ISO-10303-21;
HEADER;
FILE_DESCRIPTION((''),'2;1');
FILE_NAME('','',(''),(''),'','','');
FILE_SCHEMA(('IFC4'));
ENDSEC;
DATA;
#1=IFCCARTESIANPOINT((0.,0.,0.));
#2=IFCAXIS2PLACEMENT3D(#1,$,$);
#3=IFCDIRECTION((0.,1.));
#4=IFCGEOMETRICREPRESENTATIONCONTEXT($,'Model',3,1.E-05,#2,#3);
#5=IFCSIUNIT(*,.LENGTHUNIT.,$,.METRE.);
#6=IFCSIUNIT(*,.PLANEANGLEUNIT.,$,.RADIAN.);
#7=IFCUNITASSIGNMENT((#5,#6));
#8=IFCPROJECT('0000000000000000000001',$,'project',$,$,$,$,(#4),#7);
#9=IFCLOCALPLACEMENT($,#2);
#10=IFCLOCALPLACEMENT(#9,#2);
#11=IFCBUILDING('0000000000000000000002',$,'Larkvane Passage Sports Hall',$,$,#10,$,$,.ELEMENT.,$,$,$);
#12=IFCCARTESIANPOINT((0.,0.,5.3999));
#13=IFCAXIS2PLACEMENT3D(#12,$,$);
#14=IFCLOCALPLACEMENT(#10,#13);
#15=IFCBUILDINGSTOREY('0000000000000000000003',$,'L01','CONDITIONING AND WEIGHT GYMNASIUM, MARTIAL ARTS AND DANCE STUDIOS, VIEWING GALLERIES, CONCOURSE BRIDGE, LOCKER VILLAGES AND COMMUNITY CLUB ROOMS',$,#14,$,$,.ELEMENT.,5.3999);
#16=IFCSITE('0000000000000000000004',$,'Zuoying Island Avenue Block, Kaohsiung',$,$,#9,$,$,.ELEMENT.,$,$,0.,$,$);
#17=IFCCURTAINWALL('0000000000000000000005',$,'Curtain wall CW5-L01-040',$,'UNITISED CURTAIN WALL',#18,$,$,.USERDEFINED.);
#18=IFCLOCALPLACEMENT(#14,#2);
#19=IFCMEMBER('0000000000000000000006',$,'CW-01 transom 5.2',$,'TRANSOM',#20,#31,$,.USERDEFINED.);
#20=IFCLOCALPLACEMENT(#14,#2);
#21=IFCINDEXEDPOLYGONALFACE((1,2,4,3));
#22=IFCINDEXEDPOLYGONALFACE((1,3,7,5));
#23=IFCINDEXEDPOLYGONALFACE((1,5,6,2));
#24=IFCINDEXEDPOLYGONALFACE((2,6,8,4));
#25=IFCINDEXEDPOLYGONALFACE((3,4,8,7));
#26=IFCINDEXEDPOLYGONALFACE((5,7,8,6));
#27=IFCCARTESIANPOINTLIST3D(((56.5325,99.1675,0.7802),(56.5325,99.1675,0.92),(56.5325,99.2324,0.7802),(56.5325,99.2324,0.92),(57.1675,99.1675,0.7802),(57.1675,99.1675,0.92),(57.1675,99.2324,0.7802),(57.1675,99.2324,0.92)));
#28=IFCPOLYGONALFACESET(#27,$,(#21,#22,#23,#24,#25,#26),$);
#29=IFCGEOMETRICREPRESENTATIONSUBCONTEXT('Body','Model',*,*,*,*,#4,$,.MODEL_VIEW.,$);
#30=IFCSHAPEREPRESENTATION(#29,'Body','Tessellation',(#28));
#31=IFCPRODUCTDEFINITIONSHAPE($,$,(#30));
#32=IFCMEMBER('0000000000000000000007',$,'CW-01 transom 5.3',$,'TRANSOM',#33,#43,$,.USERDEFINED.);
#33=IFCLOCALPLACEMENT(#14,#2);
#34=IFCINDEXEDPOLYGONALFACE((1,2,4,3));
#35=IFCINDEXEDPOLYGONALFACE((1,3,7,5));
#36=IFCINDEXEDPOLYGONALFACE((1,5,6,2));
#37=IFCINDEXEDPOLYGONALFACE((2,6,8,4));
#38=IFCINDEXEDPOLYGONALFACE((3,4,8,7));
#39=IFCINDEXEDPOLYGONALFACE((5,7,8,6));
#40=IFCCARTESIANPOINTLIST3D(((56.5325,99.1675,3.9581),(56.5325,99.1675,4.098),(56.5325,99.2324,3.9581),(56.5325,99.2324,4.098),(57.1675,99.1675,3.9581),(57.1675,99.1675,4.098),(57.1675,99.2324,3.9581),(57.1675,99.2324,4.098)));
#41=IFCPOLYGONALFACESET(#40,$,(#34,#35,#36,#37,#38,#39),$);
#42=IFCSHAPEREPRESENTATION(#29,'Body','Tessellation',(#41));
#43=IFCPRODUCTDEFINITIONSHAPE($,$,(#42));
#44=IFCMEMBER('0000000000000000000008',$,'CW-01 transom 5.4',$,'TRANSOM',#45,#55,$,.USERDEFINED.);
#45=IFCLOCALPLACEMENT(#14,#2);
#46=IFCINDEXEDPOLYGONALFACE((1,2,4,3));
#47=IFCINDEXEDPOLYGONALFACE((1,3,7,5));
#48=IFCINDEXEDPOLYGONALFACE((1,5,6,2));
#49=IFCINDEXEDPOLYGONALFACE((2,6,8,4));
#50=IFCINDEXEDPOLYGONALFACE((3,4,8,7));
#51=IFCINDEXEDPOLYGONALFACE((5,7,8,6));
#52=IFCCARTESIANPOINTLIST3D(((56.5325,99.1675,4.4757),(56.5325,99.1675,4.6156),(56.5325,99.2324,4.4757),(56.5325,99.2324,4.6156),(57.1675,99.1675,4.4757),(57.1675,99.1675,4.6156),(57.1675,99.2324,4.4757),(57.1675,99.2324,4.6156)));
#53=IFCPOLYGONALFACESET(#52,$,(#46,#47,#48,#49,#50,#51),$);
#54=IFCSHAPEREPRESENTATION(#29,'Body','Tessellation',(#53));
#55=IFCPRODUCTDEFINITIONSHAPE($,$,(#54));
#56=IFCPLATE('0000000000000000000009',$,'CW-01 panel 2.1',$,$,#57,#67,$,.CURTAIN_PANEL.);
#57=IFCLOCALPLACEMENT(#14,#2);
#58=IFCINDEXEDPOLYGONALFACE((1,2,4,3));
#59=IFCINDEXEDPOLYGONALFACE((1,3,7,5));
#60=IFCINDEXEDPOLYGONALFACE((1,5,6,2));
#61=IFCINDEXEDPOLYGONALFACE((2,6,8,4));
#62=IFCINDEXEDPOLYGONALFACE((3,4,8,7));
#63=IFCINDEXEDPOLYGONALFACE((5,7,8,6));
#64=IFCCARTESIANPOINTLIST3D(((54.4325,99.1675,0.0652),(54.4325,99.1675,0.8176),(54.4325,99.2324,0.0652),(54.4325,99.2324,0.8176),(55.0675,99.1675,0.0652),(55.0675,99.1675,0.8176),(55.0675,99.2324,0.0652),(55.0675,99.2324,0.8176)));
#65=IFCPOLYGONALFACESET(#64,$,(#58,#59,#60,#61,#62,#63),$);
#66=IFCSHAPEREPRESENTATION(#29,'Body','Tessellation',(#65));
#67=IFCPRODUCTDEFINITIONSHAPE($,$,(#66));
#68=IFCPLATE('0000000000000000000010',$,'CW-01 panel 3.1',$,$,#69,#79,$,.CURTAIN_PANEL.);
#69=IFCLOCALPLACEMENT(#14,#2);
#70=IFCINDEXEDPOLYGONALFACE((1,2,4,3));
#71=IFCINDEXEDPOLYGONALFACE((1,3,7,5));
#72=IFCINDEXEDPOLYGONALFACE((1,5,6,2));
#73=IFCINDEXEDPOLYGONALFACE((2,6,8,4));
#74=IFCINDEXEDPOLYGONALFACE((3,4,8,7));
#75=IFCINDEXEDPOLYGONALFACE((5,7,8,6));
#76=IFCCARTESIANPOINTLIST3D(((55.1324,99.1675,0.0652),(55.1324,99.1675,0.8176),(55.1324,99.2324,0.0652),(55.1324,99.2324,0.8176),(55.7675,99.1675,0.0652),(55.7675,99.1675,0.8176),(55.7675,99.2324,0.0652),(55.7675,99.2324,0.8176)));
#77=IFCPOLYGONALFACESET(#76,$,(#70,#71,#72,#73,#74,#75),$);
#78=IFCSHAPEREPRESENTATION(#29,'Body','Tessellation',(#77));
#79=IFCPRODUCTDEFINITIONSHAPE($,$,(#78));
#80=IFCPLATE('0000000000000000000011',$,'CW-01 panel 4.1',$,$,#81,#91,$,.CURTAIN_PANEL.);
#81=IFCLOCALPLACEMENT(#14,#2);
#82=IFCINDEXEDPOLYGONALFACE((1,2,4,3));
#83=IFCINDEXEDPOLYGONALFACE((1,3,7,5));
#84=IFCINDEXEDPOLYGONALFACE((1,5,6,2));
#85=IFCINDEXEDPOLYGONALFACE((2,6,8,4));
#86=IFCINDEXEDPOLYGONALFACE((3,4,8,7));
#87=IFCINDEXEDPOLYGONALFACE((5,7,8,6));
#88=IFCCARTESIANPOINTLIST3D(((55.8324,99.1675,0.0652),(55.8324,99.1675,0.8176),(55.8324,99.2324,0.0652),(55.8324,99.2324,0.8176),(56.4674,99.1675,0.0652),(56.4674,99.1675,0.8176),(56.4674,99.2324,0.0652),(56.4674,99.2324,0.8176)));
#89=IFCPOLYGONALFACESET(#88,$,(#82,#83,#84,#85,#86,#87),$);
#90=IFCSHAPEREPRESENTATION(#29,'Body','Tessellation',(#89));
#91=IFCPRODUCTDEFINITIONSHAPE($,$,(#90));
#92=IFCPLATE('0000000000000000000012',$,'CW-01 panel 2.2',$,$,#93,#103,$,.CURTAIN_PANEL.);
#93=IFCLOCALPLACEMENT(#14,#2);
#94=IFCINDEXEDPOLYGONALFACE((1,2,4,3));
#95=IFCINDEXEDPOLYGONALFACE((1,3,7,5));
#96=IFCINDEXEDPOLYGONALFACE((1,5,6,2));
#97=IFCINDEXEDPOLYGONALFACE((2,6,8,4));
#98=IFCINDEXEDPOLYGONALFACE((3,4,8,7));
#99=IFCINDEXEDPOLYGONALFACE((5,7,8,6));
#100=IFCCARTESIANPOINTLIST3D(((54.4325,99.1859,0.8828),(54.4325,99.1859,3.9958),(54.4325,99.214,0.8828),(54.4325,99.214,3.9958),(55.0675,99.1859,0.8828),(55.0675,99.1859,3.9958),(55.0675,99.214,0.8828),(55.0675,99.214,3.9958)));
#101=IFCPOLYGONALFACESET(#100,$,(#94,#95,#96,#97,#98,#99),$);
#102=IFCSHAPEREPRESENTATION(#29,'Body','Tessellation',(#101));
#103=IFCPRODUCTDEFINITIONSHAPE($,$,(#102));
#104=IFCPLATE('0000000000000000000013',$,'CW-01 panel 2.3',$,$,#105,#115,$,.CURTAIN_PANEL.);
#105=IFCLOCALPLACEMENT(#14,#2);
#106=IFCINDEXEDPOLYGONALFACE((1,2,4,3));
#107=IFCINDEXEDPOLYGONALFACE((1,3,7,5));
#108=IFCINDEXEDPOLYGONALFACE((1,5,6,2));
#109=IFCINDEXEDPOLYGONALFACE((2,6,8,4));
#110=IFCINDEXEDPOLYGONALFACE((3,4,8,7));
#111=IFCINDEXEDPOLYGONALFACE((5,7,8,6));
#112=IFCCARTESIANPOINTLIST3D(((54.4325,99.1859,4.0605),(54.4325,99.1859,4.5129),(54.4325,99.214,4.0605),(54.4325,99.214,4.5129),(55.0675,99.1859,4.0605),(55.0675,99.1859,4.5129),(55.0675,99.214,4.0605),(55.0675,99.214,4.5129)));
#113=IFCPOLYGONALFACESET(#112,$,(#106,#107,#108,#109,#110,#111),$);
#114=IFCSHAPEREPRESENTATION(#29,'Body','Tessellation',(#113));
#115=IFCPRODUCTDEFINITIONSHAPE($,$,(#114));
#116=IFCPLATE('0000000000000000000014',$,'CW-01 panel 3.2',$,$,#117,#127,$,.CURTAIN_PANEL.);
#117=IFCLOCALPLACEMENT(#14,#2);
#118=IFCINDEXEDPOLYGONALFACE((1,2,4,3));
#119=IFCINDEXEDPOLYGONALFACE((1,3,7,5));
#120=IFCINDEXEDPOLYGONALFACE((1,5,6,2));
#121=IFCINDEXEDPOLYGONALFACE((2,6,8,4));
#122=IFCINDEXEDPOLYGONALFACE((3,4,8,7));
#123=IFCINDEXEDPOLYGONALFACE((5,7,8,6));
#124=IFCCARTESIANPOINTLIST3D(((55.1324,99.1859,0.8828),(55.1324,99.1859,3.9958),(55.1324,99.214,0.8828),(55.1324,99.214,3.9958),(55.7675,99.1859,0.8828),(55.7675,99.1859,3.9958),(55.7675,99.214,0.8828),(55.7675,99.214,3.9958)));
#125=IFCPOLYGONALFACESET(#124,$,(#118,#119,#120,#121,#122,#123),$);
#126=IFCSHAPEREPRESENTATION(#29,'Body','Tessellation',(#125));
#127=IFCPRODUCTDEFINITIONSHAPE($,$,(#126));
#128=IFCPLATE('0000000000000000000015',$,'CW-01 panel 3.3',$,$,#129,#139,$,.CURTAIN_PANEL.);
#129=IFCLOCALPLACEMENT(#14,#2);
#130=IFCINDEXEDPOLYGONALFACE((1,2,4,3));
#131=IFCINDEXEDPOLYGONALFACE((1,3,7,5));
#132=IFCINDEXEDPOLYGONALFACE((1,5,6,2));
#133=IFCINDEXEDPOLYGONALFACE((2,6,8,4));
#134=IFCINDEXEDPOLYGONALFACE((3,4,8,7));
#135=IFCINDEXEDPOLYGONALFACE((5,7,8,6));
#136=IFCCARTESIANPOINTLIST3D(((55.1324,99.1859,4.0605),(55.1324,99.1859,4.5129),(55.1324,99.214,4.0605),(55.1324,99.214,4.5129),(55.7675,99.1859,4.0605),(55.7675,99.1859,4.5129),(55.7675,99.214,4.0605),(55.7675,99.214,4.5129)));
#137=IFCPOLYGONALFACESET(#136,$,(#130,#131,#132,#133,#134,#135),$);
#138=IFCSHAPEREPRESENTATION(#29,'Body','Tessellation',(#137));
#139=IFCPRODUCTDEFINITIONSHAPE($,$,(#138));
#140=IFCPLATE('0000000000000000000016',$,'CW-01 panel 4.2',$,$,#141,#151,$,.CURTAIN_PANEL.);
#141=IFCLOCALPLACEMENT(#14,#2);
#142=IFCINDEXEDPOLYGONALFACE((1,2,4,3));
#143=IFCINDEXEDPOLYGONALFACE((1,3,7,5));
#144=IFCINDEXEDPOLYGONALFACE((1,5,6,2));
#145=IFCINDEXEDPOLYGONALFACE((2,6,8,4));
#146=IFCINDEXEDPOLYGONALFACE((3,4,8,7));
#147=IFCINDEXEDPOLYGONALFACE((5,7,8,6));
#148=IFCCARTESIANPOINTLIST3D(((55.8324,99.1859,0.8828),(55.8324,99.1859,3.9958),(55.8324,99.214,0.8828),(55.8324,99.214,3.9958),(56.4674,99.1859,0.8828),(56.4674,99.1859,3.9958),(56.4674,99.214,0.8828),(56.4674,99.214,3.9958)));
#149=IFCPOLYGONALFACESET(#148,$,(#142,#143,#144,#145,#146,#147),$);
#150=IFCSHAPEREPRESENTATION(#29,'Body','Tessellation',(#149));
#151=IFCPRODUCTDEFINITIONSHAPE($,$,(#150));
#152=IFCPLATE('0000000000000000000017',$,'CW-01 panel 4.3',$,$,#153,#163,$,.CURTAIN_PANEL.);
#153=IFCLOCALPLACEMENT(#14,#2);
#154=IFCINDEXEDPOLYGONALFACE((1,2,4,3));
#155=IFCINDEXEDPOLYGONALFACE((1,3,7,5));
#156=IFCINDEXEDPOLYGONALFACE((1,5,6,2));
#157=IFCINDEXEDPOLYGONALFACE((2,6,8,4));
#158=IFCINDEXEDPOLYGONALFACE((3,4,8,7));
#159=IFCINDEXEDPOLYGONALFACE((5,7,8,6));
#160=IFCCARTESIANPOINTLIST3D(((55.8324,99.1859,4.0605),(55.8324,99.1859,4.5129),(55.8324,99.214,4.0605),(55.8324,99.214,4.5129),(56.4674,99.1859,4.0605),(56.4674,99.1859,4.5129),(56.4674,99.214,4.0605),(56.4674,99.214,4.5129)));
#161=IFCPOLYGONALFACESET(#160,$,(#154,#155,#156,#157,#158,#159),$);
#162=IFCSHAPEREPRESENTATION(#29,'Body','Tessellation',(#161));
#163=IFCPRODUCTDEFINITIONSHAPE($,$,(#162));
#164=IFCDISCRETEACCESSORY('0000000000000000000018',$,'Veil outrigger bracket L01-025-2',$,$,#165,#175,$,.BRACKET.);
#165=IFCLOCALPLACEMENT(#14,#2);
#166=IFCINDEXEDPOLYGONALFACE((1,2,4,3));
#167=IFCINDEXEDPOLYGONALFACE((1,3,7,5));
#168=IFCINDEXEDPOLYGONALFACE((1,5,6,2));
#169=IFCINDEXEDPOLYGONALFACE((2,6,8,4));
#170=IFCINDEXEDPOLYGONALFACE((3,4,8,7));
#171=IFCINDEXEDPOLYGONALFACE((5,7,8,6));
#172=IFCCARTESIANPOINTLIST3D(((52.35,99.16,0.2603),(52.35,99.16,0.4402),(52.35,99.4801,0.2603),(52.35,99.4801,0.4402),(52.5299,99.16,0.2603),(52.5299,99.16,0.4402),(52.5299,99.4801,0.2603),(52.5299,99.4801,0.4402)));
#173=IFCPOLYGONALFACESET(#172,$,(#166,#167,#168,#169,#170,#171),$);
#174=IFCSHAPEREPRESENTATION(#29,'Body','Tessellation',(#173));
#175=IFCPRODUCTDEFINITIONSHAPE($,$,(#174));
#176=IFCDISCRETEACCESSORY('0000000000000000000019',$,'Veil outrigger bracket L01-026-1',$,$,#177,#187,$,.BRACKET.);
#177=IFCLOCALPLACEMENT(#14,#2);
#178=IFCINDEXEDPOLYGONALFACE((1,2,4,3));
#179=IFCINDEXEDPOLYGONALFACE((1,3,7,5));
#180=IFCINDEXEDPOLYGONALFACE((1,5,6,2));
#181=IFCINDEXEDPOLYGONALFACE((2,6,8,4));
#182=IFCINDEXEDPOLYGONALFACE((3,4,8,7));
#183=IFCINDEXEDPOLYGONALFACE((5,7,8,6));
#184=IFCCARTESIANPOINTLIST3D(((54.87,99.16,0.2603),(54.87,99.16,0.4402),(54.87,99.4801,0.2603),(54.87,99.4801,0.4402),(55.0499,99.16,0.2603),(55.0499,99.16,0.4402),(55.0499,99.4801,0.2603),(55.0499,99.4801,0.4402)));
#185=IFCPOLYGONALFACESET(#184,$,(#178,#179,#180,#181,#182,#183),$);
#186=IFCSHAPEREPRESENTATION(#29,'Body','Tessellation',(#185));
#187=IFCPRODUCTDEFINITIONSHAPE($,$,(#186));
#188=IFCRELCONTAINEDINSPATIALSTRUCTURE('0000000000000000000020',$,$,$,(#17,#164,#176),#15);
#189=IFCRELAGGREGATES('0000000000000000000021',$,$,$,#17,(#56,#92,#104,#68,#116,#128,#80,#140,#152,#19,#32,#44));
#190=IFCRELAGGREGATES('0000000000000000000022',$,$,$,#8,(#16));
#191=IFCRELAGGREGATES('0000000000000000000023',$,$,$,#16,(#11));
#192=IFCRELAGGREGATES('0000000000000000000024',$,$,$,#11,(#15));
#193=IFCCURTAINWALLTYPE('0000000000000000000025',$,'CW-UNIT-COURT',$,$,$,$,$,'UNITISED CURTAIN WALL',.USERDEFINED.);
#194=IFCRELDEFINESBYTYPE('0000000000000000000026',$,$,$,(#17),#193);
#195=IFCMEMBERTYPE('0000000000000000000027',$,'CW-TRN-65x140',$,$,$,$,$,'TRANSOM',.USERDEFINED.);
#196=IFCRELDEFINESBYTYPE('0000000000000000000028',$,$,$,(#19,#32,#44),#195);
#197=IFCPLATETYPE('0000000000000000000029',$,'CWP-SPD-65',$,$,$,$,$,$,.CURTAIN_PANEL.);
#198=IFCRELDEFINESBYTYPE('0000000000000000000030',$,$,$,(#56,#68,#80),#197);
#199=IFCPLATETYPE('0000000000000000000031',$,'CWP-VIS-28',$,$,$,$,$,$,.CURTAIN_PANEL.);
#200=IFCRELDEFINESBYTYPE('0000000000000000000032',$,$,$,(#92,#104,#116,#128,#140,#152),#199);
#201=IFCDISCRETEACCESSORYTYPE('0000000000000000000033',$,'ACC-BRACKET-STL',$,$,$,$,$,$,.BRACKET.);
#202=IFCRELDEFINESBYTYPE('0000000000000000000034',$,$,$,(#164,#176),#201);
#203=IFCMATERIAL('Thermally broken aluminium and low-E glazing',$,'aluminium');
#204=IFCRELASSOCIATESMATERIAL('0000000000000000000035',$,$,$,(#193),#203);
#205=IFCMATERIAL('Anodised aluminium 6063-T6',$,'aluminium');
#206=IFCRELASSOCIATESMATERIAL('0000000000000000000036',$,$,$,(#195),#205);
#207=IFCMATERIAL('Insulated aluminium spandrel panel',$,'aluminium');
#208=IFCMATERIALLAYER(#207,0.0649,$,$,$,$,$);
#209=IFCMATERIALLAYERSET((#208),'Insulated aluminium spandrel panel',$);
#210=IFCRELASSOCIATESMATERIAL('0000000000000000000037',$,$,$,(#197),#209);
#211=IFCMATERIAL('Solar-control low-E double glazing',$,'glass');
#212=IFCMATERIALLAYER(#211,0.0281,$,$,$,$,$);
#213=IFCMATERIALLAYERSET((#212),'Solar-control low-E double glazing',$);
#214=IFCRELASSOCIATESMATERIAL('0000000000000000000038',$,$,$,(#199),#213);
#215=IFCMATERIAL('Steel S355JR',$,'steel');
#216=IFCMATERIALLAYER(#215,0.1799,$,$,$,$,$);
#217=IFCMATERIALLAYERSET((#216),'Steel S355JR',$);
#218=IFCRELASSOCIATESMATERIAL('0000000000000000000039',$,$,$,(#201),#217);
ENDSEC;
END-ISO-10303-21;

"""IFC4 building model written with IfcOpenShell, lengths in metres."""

from ifc_helpers import new_model, si_unit, direction, frame, origin, origin_2d, place, context, subcontext, project, spatial, rectangle, extrude, material, layer, layer_set, material_profile, profile_set, type_object, element, aggregate, save


model = new_model("IFC4")

# Units and contexts
model_context = context("Model", 3, precision=1e-05, world=origin(), true_north=direction((0.0, 1.0)))
body_context = subcontext(model_context, "Body", "Model", "MODEL_VIEW")
ifc_project = project(units=[si_unit("LENGTHUNIT", "METRE"), si_unit("PLANEANGLEUNIT", "RADIAN")], contexts=[model_context])

# Site, building, storey
site_placement = place(None, origin())
site = spatial("IfcSite", under=ifc_project, at=site_placement, Name="Zuoying Island Avenue Block, Kaohsiung", CompositionType="ELEMENT", RefElevation=0.0)
building_placement = place(site_placement, origin())
building = spatial("IfcBuilding", under=site, at=building_placement, Name="Larkvane Passage Sports Hall", CompositionType="ELEMENT")
storey_placement = place(building_placement, frame((0.0, 0.0, 5.3999)))
storey = spatial("IfcBuildingStorey", under=building, at=storey_placement, Name="L01", Description="CONDITIONING AND WEIGHT GYMNASIUM, MARTIAL ARTS AND DANCE STUDIOS, VIEWING GALLERIES, CONCOURSE BRIDGE, LOCKER VILLAGES AND COMMUNITY CLUB ROOMS", CompositionType="ELEMENT", Elevation=5.3999)

# Curtain wall, members, plates
ifc_material_1 = material(Name="Thermally broken aluminium and low-E glazing", Category="aluminium")
curtain_wall_type = type_object("IfcCurtainWallType", Name="CW-UNIT-COURT", ElementType="UNITISED CURTAIN WALL", PredefinedType="USERDEFINED", material=ifc_material_1)
curtain_wall_placement = place(storey_placement, origin())
curtain_wall = element("IfcCurtainWall", 1, at=curtain_wall_placement, inside=storey, type_object=curtain_wall_type, Name="Curtain wall CW5-L01-040", ObjectType="UNITISED CURTAIN WALL", PredefinedType="USERDEFINED")
ifc_material_2 = material(Name="Anodised aluminium 6063-T6", Category="aluminium")
ifc_material_profile_1 = material_profile(ifc_material_2, rectangle(XDim=0.0649, YDim=0.1399, at=origin_2d()), Name="ALU-TRN-65x140")
ifc_profile_set_1 = profile_set([ifc_material_profile_1], Name="Anodised aluminium 6063-T6")
member_type_1 = type_object("IfcMemberType", Name="CW-TRN-65x140", ElementType="TRANSOM", PredefinedType="USERDEFINED", material=ifc_profile_set_1)
member_1_placement = place(storey_placement, frame((56.5325, 99.2, 0.8501), z_axis=(1.0, 0.0, 0.0), x_axis=(0.0, 1.0, 0.0)))
member_1 = element("IfcMember", 2, at=member_1_placement, type_object=member_type_1, Name="CW-01 transom 5.2", ObjectType="TRANSOM", PredefinedType="USERDEFINED", context=body_context, shape_type="SweptSolid", body=[
    extrude(rectangle(XDim=0.0649, YDim=0.1399, at=origin_2d()), origin(), (0.0, 0.0, 1.0), 0.635),
])
member_2_placement = place(storey_placement, frame((56.5325, 99.2, 4.0281), z_axis=(1.0, 0.0, 0.0), x_axis=(0.0, 1.0, 0.0)))
member_2 = element("IfcMember", 3, at=member_2_placement, type_object=member_type_1, Name="CW-01 transom 5.3", ObjectType="TRANSOM", PredefinedType="USERDEFINED", context=body_context, shape_type="SweptSolid", body=[
    extrude(rectangle(XDim=0.0649, YDim=0.1399, at=origin_2d()), origin(), (0.0, 0.0, 1.0), 0.635),
])
member_3_placement = place(storey_placement, frame((56.5325, 99.2, 4.5457), z_axis=(1.0, 0.0, 0.0), x_axis=(0.0, 1.0, 0.0)))
member_3 = element("IfcMember", 4, at=member_3_placement, type_object=member_type_1, Name="CW-01 transom 5.4", ObjectType="TRANSOM", PredefinedType="USERDEFINED", context=body_context, shape_type="SweptSolid", body=[
    extrude(rectangle(XDim=0.0649, YDim=0.1399, at=origin_2d()), origin(), (0.0, 0.0, 1.0), 0.635),
])
ifc_material_3 = material(Name="Insulated aluminium spandrel panel", Category="aluminium")
ifc_layer_1 = layer(ifc_material_3, 0.0649)
ifc_layer_set_1 = layer_set([ifc_layer_1], Name="Insulated aluminium spandrel panel")
plate_type_1 = type_object("IfcPlateType", Name="CWP-SPD-65", PredefinedType="CURTAIN_PANEL", material=ifc_layer_set_1)
plate_1_placement = place(storey_placement, frame((54.75, 99.2, 0.0652), z_axis=(0.0, 0.0, 1.0), x_axis=(1.0, 0.0, 0.0)))
plate_1 = element("IfcPlate", 5, at=plate_1_placement, type_object=plate_type_1, Name="CW-01 panel 2.1", PredefinedType="CURTAIN_PANEL", context=body_context, shape_type="SweptSolid", body=[
    extrude(rectangle(XDim=0.635, YDim=0.0649, at=origin_2d()), origin(), (0.0, 0.0, 1.0), 0.7524),
])
plate_2_placement = place(storey_placement, frame((55.45, 99.2, 0.0652), z_axis=(0.0, 0.0, 1.0), x_axis=(1.0, 0.0, 0.0)))
plate_2 = element("IfcPlate", 6, at=plate_2_placement, type_object=plate_type_1, Name="CW-01 panel 3.1", PredefinedType="CURTAIN_PANEL", context=body_context, shape_type="SweptSolid", body=[
    extrude(rectangle(XDim=0.635, YDim=0.0649, at=origin_2d()), origin(), (0.0, 0.0, 1.0), 0.7524),
])
plate_3_placement = place(storey_placement, frame((56.1499, 99.2, 0.0652), z_axis=(0.0, 0.0, 1.0), x_axis=(1.0, 0.0, 0.0)))
plate_3 = element("IfcPlate", 7, at=plate_3_placement, type_object=plate_type_1, Name="CW-01 panel 4.1", PredefinedType="CURTAIN_PANEL", context=body_context, shape_type="SweptSolid", body=[
    extrude(rectangle(XDim=0.635, YDim=0.0649, at=origin_2d()), origin(), (0.0, 0.0, 1.0), 0.7524),
])
ifc_material_4 = material(Name="Solar-control low-E double glazing", Category="glass")
ifc_layer_2 = layer(ifc_material_4, 0.0281)
ifc_layer_set_2 = layer_set([ifc_layer_2], Name="Solar-control low-E double glazing")
plate_type_2 = type_object("IfcPlateType", Name="CWP-VIS-28", PredefinedType="CURTAIN_PANEL", material=ifc_layer_set_2)
plate_4_placement = place(storey_placement, frame((54.75, 99.2, 0.8828), z_axis=(0.0, 0.0, 1.0), x_axis=(1.0, 0.0, 0.0)))
plate_4 = element("IfcPlate", 8, at=plate_4_placement, type_object=plate_type_2, Name="CW-01 panel 2.2", PredefinedType="CURTAIN_PANEL", context=body_context, shape_type="SweptSolid", body=[
    extrude(rectangle(XDim=0.635, YDim=0.0281, at=origin_2d()), origin(), (0.0, 0.0, 1.0), 3.113),
])
plate_5_placement = place(storey_placement, frame((54.75, 99.2, 4.0605), z_axis=(0.0, 0.0, 1.0), x_axis=(1.0, 0.0, 0.0)))
plate_5 = element("IfcPlate", 9, at=plate_5_placement, type_object=plate_type_2, Name="CW-01 panel 2.3", PredefinedType="CURTAIN_PANEL", context=body_context, shape_type="SweptSolid", body=[
    extrude(rectangle(XDim=0.635, YDim=0.0281, at=origin_2d()), origin(), (0.0, 0.0, 1.0), 0.4524),
])
plate_6_placement = place(storey_placement, frame((55.45, 99.2, 0.8828), z_axis=(0.0, 0.0, 1.0), x_axis=(1.0, 0.0, 0.0)))
plate_6 = element("IfcPlate", 10, at=plate_6_placement, type_object=plate_type_2, Name="CW-01 panel 3.2", PredefinedType="CURTAIN_PANEL", context=body_context, shape_type="SweptSolid", body=[
    extrude(rectangle(XDim=0.635, YDim=0.0281, at=origin_2d()), origin(), (0.0, 0.0, 1.0), 3.113),
])
plate_7_placement = place(storey_placement, frame((55.45, 99.2, 4.0605), z_axis=(0.0, 0.0, 1.0), x_axis=(1.0, 0.0, 0.0)))
plate_7 = element("IfcPlate", 11, at=plate_7_placement, type_object=plate_type_2, Name="CW-01 panel 3.3", PredefinedType="CURTAIN_PANEL", context=body_context, shape_type="SweptSolid", body=[
    extrude(rectangle(XDim=0.635, YDim=0.0281, at=origin_2d()), origin(), (0.0, 0.0, 1.0), 0.4524),
])
plate_8_placement = place(storey_placement, frame((56.1499, 99.2, 0.8828), z_axis=(0.0, 0.0, 1.0), x_axis=(1.0, 0.0, 0.0)))
plate_8 = element("IfcPlate", 12, at=plate_8_placement, type_object=plate_type_2, Name="CW-01 panel 4.2", PredefinedType="CURTAIN_PANEL", context=body_context, shape_type="SweptSolid", body=[
    extrude(rectangle(XDim=0.635, YDim=0.0281, at=origin_2d()), origin(), (0.0, 0.0, 1.0), 3.113),
])
plate_9_placement = place(storey_placement, frame((56.1499, 99.2, 4.0605), z_axis=(0.0, 0.0, 1.0), x_axis=(1.0, 0.0, 0.0)))
plate_9 = element("IfcPlate", 13, at=plate_9_placement, type_object=plate_type_2, Name="CW-01 panel 4.3", PredefinedType="CURTAIN_PANEL", context=body_context, shape_type="SweptSolid", body=[
    extrude(rectangle(XDim=0.635, YDim=0.0281, at=origin_2d()), origin(), (0.0, 0.0, 1.0), 0.4524),
])
aggregate(curtain_wall, [plate_1, plate_4, plate_5, plate_2, plate_6, plate_7, plate_3, plate_8, plate_9, member_1, member_2, member_3])

# Discrete accessories
ifc_material_5 = material(Name="Steel S355JR", Category="steel")
ifc_layer_3 = layer(ifc_material_5, 0.1799)
ifc_layer_set_3 = layer_set([ifc_layer_3], Name="Steel S355JR")
discrete_accessory_type = type_object("IfcDiscreteAccessoryType", Name="ACC-BRACKET-STL", PredefinedType="BRACKET", material=ifc_layer_set_3)
for number, where, z_axis, x_axis, name in (
    (14, (52.4399, 99.3201, 0.2603), (0.0, 0.0, 1.0), (1.0, 0.0, 0.0), "Veil outrigger bracket L01-025-2"),
    (15, (54.96, 99.3201, 0.2603), (0.0, 0.0, 1.0), (1.0, 0.0, 0.0), "Veil outrigger bracket L01-026-1"),
):
    element("IfcDiscreteAccessory", number, at=place(storey_placement, frame(where, z_axis=z_axis, x_axis=x_axis)), inside=storey, type_object=discrete_accessory_type, Name=name, PredefinedType="BRACKET", context=body_context, shape_type="SweptSolid", body=[
        extrude(rectangle(XDim=0.1799, YDim=0.3201, at=origin_2d()), origin(), (0.0, 0.0, 1.0), 0.1799),
    ])

save(model, "model.ifc")
